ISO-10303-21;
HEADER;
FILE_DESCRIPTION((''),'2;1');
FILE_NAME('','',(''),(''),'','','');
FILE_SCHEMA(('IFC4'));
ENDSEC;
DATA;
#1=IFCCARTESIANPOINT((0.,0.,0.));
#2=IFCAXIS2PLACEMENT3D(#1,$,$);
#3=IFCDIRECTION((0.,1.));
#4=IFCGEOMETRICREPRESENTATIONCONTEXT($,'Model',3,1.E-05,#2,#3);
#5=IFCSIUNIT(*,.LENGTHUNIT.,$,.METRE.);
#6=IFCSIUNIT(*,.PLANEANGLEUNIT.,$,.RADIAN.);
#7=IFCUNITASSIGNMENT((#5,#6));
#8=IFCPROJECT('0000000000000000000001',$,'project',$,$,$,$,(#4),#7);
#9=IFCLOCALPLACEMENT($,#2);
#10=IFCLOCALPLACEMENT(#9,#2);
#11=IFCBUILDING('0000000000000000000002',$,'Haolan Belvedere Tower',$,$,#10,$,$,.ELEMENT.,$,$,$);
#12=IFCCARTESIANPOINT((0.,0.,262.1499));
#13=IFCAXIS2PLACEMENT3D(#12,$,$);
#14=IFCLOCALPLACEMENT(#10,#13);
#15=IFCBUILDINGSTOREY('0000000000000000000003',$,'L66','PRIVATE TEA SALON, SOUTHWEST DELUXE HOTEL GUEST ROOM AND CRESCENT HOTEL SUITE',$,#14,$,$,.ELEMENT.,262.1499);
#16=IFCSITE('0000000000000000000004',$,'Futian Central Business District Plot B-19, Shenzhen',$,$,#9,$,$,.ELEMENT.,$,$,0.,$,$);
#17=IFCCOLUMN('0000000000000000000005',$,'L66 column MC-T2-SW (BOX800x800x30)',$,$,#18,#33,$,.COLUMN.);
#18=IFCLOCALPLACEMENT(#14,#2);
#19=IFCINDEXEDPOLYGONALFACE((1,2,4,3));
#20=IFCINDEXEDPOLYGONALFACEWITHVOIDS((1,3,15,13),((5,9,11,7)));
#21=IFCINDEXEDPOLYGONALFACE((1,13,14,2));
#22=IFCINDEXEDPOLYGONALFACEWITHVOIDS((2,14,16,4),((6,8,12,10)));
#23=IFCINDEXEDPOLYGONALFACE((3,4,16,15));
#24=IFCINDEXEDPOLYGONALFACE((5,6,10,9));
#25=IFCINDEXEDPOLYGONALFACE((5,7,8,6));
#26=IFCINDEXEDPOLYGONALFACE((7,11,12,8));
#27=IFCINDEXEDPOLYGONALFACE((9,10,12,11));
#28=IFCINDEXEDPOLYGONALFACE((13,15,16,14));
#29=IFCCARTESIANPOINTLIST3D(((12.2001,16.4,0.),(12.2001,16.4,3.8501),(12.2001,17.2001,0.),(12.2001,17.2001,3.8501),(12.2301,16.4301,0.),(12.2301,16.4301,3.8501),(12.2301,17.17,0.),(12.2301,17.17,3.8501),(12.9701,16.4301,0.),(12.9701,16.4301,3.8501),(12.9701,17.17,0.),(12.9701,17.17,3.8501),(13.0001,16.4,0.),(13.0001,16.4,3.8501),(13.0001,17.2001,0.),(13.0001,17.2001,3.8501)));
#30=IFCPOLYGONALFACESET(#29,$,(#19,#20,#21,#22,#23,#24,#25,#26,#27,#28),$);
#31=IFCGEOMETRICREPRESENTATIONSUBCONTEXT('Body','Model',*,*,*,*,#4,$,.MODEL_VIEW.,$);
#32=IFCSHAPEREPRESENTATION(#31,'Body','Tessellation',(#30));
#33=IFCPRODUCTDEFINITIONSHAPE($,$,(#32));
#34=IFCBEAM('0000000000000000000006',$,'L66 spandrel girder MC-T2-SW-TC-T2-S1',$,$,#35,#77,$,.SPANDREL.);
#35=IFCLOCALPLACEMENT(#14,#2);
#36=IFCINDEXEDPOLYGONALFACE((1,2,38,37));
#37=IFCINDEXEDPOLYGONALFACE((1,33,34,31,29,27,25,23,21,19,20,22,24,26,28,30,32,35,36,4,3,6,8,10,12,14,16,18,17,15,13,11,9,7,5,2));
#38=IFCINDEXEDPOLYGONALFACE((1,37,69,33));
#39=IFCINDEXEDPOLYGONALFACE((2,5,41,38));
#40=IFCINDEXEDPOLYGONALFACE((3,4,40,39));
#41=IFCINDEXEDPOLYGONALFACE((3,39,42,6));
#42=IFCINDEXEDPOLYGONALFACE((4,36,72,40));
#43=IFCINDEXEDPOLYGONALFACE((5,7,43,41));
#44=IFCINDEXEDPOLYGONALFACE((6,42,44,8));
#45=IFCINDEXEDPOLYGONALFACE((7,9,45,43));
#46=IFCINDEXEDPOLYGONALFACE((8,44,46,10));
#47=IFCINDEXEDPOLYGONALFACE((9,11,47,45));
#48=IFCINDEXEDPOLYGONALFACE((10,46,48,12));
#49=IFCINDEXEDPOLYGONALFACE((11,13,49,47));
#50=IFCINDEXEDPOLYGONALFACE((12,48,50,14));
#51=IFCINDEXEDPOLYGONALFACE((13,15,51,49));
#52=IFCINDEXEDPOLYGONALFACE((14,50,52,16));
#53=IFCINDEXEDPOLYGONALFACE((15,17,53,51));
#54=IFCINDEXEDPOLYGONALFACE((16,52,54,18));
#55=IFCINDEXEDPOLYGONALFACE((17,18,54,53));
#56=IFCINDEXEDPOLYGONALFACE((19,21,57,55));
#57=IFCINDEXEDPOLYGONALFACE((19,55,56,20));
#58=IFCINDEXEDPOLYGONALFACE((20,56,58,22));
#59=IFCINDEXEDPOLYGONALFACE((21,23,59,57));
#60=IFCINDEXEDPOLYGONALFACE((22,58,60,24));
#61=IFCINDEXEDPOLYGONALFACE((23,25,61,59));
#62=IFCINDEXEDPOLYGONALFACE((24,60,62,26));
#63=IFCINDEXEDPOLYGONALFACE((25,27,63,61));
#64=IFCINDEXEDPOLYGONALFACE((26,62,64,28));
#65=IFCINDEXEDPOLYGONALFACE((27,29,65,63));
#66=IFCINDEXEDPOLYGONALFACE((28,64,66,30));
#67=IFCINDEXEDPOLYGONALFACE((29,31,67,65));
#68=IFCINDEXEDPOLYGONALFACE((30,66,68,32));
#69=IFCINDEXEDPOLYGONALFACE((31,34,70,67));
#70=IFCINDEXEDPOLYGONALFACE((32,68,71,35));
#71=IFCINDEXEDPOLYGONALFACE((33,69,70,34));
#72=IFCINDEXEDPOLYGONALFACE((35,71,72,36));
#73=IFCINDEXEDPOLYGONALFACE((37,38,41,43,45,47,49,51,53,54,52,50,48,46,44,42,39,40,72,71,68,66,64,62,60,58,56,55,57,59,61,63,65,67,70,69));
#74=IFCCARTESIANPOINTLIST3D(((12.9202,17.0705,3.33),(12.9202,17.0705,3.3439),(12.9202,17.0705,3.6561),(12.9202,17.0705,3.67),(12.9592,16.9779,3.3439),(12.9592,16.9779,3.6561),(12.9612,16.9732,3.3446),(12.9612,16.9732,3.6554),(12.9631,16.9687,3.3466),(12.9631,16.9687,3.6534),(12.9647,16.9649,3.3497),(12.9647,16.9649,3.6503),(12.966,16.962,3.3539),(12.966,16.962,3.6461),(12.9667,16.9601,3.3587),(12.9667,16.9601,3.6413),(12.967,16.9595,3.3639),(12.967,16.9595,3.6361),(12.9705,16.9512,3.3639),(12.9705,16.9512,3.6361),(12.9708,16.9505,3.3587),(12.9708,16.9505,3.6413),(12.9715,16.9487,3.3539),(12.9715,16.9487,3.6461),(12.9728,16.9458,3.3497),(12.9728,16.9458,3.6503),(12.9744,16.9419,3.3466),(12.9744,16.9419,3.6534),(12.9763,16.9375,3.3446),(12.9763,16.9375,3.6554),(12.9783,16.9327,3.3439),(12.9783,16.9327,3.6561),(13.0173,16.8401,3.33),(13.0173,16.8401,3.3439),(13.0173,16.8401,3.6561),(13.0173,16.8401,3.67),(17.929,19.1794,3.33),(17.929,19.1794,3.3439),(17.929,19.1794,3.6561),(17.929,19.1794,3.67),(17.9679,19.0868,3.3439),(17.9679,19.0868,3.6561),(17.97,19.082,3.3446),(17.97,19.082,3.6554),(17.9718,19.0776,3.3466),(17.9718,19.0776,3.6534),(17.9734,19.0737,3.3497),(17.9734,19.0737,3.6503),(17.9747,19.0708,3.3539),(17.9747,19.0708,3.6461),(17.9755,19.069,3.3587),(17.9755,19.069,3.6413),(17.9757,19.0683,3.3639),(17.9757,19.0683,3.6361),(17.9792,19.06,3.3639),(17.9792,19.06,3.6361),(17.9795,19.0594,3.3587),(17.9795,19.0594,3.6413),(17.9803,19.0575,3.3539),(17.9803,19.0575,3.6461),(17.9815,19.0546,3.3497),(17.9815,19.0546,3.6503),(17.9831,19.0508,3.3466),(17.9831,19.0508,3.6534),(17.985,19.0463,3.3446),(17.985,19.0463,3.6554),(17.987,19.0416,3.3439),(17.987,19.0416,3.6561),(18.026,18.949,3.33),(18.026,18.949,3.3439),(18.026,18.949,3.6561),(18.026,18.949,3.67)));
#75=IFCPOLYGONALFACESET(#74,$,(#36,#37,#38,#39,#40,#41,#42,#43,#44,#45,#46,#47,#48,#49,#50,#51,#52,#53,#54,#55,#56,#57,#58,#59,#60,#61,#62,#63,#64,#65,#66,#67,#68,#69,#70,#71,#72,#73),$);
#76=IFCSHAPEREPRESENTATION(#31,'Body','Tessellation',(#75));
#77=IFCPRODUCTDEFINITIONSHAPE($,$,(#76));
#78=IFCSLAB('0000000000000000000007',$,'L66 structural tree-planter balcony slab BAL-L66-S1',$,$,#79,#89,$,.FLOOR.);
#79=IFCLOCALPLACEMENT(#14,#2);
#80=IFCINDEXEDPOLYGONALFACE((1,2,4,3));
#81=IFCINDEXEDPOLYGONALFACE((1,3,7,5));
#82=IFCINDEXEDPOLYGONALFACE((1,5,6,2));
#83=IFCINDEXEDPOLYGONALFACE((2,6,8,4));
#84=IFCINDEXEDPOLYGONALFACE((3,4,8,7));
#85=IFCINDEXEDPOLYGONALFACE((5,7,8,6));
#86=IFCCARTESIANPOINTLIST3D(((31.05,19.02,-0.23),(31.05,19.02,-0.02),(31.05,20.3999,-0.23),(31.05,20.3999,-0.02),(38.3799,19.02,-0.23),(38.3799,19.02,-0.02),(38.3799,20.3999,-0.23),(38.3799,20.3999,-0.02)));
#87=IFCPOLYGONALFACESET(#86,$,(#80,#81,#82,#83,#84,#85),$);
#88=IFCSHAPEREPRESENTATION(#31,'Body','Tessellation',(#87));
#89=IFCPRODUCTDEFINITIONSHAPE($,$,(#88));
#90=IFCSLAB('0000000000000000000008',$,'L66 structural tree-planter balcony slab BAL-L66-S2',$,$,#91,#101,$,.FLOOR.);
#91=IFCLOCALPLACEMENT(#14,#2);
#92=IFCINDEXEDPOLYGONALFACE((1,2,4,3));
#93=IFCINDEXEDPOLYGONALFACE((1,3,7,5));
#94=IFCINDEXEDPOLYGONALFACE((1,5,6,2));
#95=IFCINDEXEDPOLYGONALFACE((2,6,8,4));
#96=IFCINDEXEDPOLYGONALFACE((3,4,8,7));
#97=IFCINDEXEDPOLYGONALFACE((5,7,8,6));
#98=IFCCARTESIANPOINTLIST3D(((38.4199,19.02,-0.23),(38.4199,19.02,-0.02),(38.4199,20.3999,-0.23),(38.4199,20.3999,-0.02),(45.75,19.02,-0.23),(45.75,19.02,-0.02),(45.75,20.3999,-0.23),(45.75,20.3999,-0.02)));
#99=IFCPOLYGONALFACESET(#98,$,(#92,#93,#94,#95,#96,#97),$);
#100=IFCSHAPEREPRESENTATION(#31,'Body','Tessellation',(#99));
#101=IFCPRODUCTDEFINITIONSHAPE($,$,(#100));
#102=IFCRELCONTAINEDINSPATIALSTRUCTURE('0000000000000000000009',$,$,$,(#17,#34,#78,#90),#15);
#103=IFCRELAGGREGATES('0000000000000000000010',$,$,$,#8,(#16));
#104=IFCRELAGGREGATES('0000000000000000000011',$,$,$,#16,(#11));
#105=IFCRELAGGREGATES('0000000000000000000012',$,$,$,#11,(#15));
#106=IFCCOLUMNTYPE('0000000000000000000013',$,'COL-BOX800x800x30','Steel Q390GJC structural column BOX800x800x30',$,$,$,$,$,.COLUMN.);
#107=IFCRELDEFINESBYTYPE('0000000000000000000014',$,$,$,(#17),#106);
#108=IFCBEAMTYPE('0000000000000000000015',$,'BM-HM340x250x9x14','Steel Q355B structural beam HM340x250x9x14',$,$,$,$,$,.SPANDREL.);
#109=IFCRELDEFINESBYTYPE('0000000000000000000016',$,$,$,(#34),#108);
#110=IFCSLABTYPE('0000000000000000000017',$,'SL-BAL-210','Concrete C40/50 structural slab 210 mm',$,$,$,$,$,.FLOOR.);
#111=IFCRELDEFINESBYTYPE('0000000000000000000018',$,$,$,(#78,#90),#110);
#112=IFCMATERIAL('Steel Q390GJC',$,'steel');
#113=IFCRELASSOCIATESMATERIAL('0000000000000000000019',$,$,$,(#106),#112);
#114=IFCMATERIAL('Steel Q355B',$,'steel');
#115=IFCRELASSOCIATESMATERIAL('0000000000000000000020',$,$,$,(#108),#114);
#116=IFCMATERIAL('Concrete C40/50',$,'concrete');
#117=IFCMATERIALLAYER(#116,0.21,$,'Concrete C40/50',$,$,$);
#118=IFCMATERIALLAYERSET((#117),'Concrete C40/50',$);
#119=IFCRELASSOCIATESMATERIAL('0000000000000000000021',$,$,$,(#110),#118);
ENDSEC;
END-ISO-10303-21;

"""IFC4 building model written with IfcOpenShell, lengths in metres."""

from ifc_helpers import new_model, si_unit, direction, frame, origin, origin_2d, place, context, subcontext, project, spatial, polyline, hollow_rectangle, i_section, outline, extrude, material, layer, layer_set, material_profile, profile_set, type_object, element, save


model = new_model("IFC4")

# Units and contexts
model_context = context("Model", 3, precision=1e-05, world=origin(), true_north=direction((0.0, 1.0)))
body_context = subcontext(model_context, "Body", "Model", "MODEL_VIEW")
ifc_project = project(units=[si_unit("LENGTHUNIT", "METRE"), si_unit("PLANEANGLEUNIT", "RADIAN")], contexts=[model_context])

# Site, building, storey
site_placement = place(None, origin())
site = spatial("IfcSite", under=ifc_project, at=site_placement, Name="Futian Central Business District Plot B-19, Shenzhen", CompositionType="ELEMENT", RefElevation=0.0)
building_placement = place(site_placement, origin())
building = spatial("IfcBuilding", under=site, at=building_placement, Name="Haolan Belvedere Tower", CompositionType="ELEMENT")
storey_placement = place(building_placement, frame((0.0, 0.0, 262.1499)))
storey = spatial("IfcBuildingStorey", under=building, at=storey_placement, Name="L66", Description="PRIVATE TEA SALON, SOUTHWEST DELUXE HOTEL GUEST ROOM AND CRESCENT HOTEL SUITE", CompositionType="ELEMENT", Elevation=262.1499)

# Column
ifc_material_1 = material(Name="Steel Q390GJC", Category="steel")
ifc_material_profile_1 = material_profile(ifc_material_1, hollow_rectangle(XDim=0.8, YDim=0.8, WallThickness=0.03, at=origin_2d()), Name="Steel Q390GJC")
ifc_profile_set_1 = profile_set([ifc_material_profile_1], Name="Steel Q390GJC")
column_type = type_object("IfcColumnType", Name="COL-BOX800x800x30", Description="Steel Q390GJC structural column BOX800x800x30", PredefinedType="COLUMN", material=ifc_profile_set_1)
column_placement = place(storey_placement, frame((12.6001, 16.8, 0.0), z_axis=(0.0, 0.0, 1.0), x_axis=(1.0, 0.0, 0.0)))
element("IfcColumn", 1, at=column_placement, inside=storey, type_object=column_type, Name="L66 column MC-T2-SW (BOX800x800x30)", PredefinedType="COLUMN", context=body_context, shape_type="SweptSolid", body=[
    extrude(hollow_rectangle(XDim=0.8, YDim=0.8, WallThickness=0.03, at=origin_2d()), origin(), (0.0, 0.0, 1.0), 3.8501),
])

# Beam
ifc_material_2 = material(Name="Steel Q355B", Category="steel")
ifc_material_profile_2 = material_profile(ifc_material_2, i_section(OverallWidth=0.25, OverallDepth=0.3401, WebThickness=0.009, FlangeThickness=0.0139, FilletRadius=0.02, at=origin_2d()), Name="Steel Q355B")
ifc_profile_set_2 = profile_set([ifc_material_profile_2], Name="Steel Q355B")
beam_type = type_object("IfcBeamType", Name="BM-HM340x250x9x14", Description="Steel Q355B structural beam HM340x250x9x14", PredefinedType="SPANDREL", material=ifc_profile_set_2)
beam_placement = place(storey_placement, frame((12.9688, 16.9553, 3.5), z_axis=(0.92164, 0.388045, 0.0), x_axis=(-0.388045, 0.92164, 0.0)))
element("IfcBeam", 2, at=beam_placement, inside=storey, type_object=beam_type, Name="L66 spandrel girder MC-T2-SW-TC-T2-S1", PredefinedType="SPANDREL", context=body_context, shape_type="SweptSolid", body=[
    extrude(i_section(OverallWidth=0.25, OverallDepth=0.3401, WebThickness=0.009, FlangeThickness=0.0139, FilletRadius=0.02, at=origin_2d()), origin(), (0.0, 0.0, 1.0), 5.4346),
])

# Slabs
ifc_material_3 = material(Name="Concrete C40/50", Category="concrete")
ifc_layer_1 = layer(ifc_material_3, 0.21, Name="Concrete C40/50")
ifc_layer_set_1 = layer_set([ifc_layer_1], Name="Concrete C40/50")
slab_type_1 = type_object("IfcSlabType", Name="SL-BAL-210", Description="Concrete C40/50 structural slab 210 mm", PredefinedType="FLOOR", material=ifc_layer_set_1)
slab_1_placement = place(storey_placement, frame((0.0, 0.0, -0.23)))
element("IfcSlab", 3, at=slab_1_placement, inside=storey, type_object=slab_type_1, Name="L66 structural tree-planter balcony slab BAL-L66-S1", PredefinedType="FLOOR", context=body_context, shape_type="SweptSolid", body=[
    extrude(outline(polyline([(31.05, 19.02), (38.3799, 19.02), (38.3799, 20.3999), (31.05, 20.3999), (31.05, 19.02)])), origin(), (0.0, 0.0, 1.0), 0.21),
])
slab_2_placement = place(storey_placement, frame((0.0, 0.0, -0.23)))
element("IfcSlab", 4, at=slab_2_placement, inside=storey, type_object=slab_type_1, Name="L66 structural tree-planter balcony slab BAL-L66-S2", PredefinedType="FLOOR", context=body_context, shape_type="SweptSolid", body=[
    extrude(outline(polyline([(38.4199, 19.02), (45.75, 19.02), (45.75, 20.3999), (38.4199, 20.3999), (38.4199, 19.02)])), origin(), (0.0, 0.0, 1.0), 0.21),
])

save(model, "model.ifc")
